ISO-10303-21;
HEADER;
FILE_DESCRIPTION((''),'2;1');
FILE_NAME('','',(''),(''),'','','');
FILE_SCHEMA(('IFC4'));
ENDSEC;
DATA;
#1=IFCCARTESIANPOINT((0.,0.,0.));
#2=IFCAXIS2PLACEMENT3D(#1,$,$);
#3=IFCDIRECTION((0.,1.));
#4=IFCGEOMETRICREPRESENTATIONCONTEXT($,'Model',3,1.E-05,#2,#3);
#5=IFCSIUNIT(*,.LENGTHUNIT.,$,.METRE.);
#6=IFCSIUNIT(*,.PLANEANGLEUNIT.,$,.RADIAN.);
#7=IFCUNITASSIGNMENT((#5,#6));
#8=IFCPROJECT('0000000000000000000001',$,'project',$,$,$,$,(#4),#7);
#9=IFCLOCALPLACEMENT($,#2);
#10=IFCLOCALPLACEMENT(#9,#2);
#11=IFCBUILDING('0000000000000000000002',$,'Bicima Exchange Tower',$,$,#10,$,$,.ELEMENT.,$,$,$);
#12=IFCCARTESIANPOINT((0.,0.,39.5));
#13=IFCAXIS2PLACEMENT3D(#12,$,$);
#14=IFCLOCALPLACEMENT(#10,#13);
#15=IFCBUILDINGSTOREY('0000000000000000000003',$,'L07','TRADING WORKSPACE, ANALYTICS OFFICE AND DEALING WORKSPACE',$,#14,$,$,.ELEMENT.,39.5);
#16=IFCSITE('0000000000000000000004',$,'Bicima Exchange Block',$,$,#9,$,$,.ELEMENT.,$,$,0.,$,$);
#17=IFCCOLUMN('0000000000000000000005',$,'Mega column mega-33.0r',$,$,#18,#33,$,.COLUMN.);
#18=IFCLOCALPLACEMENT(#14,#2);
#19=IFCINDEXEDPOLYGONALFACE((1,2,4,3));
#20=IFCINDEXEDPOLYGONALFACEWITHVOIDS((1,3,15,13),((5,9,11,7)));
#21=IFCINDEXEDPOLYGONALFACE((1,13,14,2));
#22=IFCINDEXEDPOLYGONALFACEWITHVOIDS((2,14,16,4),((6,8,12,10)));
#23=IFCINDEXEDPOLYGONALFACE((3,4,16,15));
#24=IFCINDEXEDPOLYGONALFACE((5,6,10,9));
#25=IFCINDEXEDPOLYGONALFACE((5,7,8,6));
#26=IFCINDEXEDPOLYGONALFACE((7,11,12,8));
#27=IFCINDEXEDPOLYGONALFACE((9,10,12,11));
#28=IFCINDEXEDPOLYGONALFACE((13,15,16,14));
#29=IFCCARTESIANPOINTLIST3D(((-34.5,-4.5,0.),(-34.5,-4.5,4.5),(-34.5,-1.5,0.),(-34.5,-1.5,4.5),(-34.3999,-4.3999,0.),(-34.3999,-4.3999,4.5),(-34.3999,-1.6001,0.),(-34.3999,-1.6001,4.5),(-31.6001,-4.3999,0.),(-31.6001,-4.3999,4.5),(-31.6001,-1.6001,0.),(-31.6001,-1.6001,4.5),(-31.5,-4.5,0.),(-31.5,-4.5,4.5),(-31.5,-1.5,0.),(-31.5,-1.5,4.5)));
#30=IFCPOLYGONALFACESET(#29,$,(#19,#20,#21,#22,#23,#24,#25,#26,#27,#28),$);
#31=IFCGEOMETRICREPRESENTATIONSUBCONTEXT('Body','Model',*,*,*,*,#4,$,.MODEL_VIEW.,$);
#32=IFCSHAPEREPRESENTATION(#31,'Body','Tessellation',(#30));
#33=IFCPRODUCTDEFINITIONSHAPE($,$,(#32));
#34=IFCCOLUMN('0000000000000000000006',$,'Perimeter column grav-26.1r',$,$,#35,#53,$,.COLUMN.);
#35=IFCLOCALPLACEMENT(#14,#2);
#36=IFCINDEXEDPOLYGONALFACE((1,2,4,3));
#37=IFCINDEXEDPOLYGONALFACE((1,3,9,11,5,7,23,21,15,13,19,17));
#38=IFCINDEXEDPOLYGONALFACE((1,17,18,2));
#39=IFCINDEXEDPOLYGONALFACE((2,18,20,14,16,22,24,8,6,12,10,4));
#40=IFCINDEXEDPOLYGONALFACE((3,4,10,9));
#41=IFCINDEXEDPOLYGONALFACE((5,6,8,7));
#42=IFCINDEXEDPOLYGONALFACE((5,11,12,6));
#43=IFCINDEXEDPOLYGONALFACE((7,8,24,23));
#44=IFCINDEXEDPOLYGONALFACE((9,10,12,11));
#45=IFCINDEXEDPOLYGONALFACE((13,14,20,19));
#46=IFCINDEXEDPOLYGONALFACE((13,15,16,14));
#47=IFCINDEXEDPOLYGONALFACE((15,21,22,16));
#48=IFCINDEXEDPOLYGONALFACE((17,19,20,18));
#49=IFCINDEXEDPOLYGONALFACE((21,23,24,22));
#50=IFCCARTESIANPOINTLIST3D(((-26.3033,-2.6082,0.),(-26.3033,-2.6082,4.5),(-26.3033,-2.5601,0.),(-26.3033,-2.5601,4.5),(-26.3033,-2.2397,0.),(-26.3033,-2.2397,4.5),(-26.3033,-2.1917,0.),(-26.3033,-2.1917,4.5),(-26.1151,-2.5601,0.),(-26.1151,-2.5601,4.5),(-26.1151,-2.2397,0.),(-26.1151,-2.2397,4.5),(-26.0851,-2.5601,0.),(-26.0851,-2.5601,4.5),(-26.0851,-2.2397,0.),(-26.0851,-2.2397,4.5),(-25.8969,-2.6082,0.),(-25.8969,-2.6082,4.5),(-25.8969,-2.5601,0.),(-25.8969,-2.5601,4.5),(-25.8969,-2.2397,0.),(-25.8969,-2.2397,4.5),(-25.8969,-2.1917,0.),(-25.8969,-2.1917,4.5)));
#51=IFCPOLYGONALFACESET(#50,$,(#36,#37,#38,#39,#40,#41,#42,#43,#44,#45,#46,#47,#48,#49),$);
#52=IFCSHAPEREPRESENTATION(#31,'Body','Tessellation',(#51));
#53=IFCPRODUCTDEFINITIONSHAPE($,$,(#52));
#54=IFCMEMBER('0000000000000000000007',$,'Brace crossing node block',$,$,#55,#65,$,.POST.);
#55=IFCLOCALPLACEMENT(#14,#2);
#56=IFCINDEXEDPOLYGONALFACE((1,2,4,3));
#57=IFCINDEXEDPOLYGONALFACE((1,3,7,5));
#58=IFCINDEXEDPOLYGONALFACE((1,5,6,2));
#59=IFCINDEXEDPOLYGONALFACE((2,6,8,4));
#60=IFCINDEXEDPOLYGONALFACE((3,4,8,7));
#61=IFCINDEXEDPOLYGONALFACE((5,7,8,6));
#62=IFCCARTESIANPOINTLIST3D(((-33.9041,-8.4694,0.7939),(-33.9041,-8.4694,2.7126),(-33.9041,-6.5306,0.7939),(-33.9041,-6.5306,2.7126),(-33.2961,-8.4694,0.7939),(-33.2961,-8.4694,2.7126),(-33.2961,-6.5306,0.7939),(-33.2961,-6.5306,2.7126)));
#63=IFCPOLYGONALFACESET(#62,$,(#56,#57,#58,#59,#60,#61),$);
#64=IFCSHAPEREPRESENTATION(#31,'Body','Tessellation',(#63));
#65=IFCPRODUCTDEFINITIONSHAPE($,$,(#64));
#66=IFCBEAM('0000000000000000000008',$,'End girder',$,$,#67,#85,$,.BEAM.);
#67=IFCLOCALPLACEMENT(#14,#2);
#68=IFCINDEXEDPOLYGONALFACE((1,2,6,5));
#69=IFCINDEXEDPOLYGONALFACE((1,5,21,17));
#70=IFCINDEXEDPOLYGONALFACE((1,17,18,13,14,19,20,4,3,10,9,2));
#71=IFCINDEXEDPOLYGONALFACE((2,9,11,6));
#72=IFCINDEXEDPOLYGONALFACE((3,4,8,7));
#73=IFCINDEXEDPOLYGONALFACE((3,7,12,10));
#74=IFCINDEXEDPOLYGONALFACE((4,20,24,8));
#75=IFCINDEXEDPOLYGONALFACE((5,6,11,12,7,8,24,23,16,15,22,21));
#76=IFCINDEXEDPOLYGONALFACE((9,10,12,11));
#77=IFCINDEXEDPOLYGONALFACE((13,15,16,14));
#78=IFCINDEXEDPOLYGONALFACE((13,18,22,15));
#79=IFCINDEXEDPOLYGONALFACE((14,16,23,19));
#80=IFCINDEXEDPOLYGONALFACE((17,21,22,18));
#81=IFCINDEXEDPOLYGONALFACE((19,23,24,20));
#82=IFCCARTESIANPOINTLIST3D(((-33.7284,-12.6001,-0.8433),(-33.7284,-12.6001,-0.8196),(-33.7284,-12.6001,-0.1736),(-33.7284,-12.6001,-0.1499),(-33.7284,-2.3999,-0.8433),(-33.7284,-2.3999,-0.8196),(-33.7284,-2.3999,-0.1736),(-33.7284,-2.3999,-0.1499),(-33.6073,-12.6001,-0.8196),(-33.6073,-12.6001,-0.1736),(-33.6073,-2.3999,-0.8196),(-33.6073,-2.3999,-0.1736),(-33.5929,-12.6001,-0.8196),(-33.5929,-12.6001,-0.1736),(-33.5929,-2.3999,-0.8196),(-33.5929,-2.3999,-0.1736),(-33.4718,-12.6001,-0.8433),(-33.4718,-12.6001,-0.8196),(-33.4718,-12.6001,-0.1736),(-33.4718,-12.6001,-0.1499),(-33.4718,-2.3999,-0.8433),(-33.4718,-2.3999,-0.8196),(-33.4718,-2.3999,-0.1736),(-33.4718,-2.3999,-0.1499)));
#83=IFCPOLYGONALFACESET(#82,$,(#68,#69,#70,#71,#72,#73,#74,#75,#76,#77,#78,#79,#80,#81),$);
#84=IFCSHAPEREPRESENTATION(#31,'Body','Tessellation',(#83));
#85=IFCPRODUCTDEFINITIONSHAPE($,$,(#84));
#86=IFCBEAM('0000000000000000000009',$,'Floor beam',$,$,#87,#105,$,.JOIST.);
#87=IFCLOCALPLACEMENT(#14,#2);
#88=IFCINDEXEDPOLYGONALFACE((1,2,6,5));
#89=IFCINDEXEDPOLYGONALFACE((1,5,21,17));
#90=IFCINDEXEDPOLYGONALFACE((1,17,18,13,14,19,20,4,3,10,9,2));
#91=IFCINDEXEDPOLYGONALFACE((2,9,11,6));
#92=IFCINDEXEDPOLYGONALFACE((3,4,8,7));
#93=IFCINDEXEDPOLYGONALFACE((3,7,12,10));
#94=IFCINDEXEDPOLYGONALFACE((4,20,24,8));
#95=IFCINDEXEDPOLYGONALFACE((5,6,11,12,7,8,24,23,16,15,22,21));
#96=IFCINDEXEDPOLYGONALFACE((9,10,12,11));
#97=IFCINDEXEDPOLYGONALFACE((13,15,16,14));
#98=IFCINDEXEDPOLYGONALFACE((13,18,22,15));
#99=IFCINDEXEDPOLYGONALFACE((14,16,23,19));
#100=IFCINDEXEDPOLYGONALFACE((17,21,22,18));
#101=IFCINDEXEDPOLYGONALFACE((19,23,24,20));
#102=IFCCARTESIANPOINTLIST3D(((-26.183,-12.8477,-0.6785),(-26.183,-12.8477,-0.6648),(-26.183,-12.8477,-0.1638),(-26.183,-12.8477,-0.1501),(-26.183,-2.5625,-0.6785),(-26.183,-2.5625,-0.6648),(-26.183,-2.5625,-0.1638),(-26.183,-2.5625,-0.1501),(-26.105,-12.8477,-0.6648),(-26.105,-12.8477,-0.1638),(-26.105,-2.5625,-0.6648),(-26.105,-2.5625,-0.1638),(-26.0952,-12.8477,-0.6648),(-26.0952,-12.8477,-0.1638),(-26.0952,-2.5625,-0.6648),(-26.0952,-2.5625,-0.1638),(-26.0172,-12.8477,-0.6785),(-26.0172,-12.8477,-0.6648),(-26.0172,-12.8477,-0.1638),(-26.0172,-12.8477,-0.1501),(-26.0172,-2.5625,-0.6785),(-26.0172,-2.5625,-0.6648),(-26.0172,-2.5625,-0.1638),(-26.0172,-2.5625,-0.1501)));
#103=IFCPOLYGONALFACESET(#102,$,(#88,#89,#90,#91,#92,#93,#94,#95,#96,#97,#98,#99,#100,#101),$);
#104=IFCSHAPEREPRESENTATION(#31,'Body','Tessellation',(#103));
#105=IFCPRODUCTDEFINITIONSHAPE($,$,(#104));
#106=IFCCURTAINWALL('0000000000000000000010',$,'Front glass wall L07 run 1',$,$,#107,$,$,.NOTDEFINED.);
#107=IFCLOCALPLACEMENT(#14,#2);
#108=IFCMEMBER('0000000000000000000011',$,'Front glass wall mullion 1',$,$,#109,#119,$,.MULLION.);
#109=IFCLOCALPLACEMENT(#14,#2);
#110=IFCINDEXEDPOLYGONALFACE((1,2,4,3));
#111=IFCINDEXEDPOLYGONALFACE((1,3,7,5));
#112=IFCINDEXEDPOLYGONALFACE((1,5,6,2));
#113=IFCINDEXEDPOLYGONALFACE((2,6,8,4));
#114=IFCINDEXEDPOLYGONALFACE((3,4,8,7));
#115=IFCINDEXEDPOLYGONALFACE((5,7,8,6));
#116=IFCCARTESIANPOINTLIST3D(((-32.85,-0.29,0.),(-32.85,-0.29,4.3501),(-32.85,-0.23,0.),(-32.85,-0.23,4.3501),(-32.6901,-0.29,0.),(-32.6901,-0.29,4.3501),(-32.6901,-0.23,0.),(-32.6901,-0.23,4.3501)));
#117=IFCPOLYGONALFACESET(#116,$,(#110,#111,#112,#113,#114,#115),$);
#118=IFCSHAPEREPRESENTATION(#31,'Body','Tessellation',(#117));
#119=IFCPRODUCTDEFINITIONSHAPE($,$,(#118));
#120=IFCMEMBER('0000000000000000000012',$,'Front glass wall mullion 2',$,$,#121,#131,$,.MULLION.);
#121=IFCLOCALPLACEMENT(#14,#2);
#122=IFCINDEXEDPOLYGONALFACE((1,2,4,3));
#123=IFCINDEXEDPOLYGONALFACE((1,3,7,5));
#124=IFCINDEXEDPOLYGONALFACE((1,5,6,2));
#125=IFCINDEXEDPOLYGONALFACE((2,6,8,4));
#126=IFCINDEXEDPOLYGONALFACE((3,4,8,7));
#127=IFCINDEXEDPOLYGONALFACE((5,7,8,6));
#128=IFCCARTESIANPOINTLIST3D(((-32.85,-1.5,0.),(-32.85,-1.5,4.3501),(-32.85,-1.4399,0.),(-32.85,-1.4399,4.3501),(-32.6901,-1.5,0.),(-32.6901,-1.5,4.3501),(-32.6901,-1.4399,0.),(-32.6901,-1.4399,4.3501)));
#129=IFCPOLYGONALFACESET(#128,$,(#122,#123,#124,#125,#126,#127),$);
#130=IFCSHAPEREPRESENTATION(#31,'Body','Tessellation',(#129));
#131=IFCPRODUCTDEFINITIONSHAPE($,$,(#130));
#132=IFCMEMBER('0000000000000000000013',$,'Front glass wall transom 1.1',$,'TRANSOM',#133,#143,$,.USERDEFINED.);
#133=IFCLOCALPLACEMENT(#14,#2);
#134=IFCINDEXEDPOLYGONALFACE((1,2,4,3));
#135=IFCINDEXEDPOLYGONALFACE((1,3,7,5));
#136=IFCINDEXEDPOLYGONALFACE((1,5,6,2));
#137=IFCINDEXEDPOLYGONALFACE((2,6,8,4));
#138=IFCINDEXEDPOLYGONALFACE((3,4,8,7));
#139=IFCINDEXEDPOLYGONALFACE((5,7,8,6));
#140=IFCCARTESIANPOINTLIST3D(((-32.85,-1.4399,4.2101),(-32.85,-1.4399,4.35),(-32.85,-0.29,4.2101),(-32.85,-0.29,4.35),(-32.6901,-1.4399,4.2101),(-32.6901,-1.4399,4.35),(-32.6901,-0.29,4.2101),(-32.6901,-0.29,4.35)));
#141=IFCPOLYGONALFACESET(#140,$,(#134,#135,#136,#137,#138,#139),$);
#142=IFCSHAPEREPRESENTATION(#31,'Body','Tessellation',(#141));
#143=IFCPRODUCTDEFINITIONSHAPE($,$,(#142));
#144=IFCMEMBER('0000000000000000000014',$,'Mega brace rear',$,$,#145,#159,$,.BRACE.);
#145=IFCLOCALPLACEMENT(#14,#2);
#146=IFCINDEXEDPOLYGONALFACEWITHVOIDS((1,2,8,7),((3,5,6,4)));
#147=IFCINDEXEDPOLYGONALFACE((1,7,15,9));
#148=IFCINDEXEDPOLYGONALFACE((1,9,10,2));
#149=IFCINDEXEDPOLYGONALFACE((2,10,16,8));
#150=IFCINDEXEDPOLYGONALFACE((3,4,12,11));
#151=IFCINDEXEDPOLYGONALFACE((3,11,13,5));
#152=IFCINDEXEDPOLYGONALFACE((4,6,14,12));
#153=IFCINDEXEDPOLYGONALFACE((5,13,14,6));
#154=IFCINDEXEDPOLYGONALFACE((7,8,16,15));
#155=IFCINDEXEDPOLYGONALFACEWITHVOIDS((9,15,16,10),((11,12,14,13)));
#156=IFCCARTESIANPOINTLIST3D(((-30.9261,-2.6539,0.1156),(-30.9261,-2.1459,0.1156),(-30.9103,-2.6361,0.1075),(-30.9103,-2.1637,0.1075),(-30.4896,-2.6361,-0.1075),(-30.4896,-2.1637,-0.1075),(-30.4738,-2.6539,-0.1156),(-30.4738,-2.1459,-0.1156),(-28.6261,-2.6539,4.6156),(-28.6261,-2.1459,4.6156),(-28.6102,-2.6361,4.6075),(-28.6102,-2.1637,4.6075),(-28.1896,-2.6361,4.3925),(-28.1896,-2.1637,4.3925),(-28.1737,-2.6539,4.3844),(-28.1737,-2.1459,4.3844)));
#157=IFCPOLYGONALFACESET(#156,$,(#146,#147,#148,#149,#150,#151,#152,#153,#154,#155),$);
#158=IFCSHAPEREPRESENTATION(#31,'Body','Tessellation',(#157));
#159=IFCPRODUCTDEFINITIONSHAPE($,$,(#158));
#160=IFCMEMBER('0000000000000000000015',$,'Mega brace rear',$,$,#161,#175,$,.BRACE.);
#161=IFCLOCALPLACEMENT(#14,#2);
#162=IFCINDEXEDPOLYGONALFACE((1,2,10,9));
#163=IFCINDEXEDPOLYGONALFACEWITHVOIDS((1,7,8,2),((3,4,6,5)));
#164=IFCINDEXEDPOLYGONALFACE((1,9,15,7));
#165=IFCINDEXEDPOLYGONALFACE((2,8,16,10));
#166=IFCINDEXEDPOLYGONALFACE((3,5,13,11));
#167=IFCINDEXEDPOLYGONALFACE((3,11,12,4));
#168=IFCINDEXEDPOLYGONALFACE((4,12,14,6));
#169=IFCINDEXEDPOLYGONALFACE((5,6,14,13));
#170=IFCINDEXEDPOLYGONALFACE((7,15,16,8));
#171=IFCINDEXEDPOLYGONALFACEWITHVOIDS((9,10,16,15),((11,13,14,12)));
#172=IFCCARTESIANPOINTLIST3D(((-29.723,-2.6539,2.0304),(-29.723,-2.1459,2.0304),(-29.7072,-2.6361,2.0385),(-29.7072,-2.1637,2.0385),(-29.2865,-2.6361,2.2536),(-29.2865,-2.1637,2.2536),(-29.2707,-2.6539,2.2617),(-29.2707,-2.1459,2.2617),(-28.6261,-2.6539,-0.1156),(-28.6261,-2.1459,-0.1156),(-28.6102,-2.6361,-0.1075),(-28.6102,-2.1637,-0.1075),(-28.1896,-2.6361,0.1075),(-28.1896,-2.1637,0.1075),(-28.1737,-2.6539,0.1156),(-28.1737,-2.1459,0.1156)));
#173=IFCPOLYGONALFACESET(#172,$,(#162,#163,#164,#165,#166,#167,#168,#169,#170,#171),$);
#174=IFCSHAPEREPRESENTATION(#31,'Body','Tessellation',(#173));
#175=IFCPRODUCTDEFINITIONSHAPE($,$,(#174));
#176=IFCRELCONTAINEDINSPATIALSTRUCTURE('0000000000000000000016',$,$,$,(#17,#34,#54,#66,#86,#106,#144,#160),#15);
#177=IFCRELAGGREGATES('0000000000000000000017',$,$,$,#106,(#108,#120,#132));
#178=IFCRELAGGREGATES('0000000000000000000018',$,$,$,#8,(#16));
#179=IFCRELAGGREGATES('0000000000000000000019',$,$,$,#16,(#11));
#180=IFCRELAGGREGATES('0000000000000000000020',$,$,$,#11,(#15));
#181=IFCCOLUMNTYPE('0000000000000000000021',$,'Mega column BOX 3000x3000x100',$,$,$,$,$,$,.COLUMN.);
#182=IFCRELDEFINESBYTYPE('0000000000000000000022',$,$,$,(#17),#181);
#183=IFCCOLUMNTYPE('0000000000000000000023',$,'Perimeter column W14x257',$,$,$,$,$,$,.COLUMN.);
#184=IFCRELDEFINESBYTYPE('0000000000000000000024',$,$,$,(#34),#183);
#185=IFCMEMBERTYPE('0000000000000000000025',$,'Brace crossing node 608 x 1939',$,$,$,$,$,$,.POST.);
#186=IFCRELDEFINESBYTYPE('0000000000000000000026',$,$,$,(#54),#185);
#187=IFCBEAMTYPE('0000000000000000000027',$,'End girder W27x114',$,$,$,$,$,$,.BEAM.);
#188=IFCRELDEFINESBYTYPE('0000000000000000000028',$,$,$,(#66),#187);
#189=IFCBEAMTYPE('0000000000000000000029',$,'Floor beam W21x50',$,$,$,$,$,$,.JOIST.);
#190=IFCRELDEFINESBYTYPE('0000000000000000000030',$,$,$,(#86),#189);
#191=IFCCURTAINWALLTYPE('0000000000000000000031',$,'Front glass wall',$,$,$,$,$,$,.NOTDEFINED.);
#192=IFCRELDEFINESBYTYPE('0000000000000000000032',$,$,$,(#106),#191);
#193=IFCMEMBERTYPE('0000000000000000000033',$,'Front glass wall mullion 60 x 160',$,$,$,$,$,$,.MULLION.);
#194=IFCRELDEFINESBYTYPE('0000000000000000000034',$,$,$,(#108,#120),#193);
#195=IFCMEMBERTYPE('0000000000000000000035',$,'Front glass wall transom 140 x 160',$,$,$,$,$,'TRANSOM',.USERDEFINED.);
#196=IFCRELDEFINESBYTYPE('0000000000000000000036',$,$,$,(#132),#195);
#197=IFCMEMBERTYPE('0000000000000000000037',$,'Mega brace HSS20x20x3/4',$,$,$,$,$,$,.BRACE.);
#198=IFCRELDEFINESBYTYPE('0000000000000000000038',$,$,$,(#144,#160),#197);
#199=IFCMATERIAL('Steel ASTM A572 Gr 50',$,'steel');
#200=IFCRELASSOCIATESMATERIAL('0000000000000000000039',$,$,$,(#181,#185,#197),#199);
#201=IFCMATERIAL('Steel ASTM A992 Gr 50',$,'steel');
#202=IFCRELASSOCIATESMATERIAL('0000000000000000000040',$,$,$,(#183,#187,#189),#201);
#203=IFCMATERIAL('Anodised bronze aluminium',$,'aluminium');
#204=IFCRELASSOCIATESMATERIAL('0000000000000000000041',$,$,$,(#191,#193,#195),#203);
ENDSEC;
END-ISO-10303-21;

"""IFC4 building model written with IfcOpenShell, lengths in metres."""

from ifc_helpers import new_model, si_unit, direction, frame, origin, origin_2d, place, context, subcontext, project, spatial, rectangle, hollow_rectangle, i_section, extrude, material, material_profile, profile_set, type_object, element, aggregate, save


model = new_model("IFC4")

# Units and contexts
model_context = context("Model", 3, precision=1e-05, world=origin(), true_north=direction((0.0, 1.0)))
body_context = subcontext(model_context, "Body", "Model", "MODEL_VIEW")
ifc_project = project(units=[si_unit("LENGTHUNIT", "METRE"), si_unit("PLANEANGLEUNIT", "RADIAN")], contexts=[model_context])

# Site, building, storey
site_placement = place(None, origin())
site = spatial("IfcSite", under=ifc_project, at=site_placement, Name="Bicima Exchange Block", CompositionType="ELEMENT", RefElevation=0.0)
building_placement = place(site_placement, origin())
building = spatial("IfcBuilding", under=site, at=building_placement, Name="Bicima Exchange Tower", CompositionType="ELEMENT")
storey_placement = place(building_placement, frame((0.0, 0.0, 39.5)))
storey = spatial("IfcBuildingStorey", under=building, at=storey_placement, Name="L07", Description="TRADING WORKSPACE, ANALYTICS OFFICE AND DEALING WORKSPACE", CompositionType="ELEMENT", Elevation=39.5)

# Columns
ifc_material_1 = material(Name="Steel ASTM A572 Gr 50", Category="steel")
ifc_material_profile_1 = material_profile(ifc_material_1, hollow_rectangle(XDim=3.0, YDim=3.0, WallThickness=0.1001, at=origin_2d()))
ifc_profile_set_1 = profile_set([ifc_material_profile_1], Name="Steel ASTM A572 Gr 50")
column_type_1 = type_object("IfcColumnType", Name="Mega column BOX 3000x3000x100", PredefinedType="COLUMN", material=ifc_profile_set_1)
column_1_placement = place(storey_placement, frame((-33.0, -3.0, 0.0), z_axis=(0.0, 0.0, 1.0), x_axis=(1.0, 0.0, 0.0)))
element("IfcColumn", 1, at=column_1_placement, inside=storey, type_object=column_type_1, Name="Mega column mega-33.0r", PredefinedType="COLUMN", context=body_context, shape_type="SweptSolid", body=[
    extrude(hollow_rectangle(XDim=3.0, YDim=3.0, WallThickness=0.1001, at=origin_2d()), origin(), (0.0, 0.0, 1.0), 4.5),
])
ifc_material_2 = material(Name="Steel ASTM A992 Gr 50", Category="steel")
ifc_material_profile_2 = material_profile(ifc_material_2, i_section(OverallWidth=0.4065, OverallDepth=0.4165, WebThickness=0.03, FlangeThickness=0.0481, at=origin_2d()))
ifc_profile_set_2 = profile_set([ifc_material_profile_2], Name="Steel ASTM A992 Gr 50")
column_type_2 = type_object("IfcColumnType", Name="Perimeter column W14x257", PredefinedType="COLUMN", material=ifc_profile_set_2)
column_2_placement = place(storey_placement, frame((-26.1001, -2.3999, 0.0), z_axis=(0.0, 0.0, 1.0), x_axis=(1.0, 0.0, 0.0)))
element("IfcColumn", 2, at=column_2_placement, inside=storey, type_object=column_type_2, Name="Perimeter column grav-26.1r", PredefinedType="COLUMN", context=body_context, shape_type="SweptSolid", body=[
    extrude(i_section(OverallWidth=0.4065, OverallDepth=0.4165, WebThickness=0.03, FlangeThickness=0.0481, at=origin_2d()), origin(), (0.0, 0.0, 1.0), 4.5),
])

# Member
ifc_material_profile_3 = material_profile(ifc_material_1, rectangle(XDim=0.6079, YDim=1.9387, at=origin_2d()))
ifc_profile_set_3 = profile_set([ifc_material_profile_3], Name="Steel ASTM A572 Gr 50")
member_type_1 = type_object("IfcMemberType", Name="Brace crossing node 608 x 1939", PredefinedType="POST", material=ifc_profile_set_3)
member_1_placement = place(storey_placement, frame((-33.6001, -7.5, 0.7939), z_axis=(0.0, 0.0, 1.0), x_axis=(1.0, 0.0, 0.0)))
element("IfcMember", 3, at=member_1_placement, inside=storey, type_object=member_type_1, Name="Brace crossing node block", PredefinedType="POST", context=body_context, shape_type="SweptSolid", body=[
    extrude(rectangle(XDim=0.6079, YDim=1.9387, at=origin_2d()), origin(), (0.0, 0.0, 1.0), 1.9187),
])

# Beams
ifc_material_profile_4 = material_profile(ifc_material_2, i_section(OverallWidth=0.2566, OverallDepth=0.6934, WebThickness=0.0144, FlangeThickness=0.0237, at=origin_2d()))
ifc_profile_set_4 = profile_set([ifc_material_profile_4], Name="Steel ASTM A992 Gr 50")
beam_type_1 = type_object("IfcBeamType", Name="End girder W27x114", PredefinedType="BEAM", material=ifc_profile_set_4)
beam_1_placement = place(storey_placement, frame((-33.6001, -2.3999, -0.4966), z_axis=(0.0, -1.0, 0.0), x_axis=(1.0, 0.0, 0.0)))
element("IfcBeam", 4, at=beam_1_placement, inside=storey, type_object=beam_type_1, Name="End girder", PredefinedType="BEAM", context=body_context, shape_type="SweptSolid", body=[
    extrude(i_section(OverallWidth=0.2566, OverallDepth=0.6934, WebThickness=0.0144, FlangeThickness=0.0237, at=origin_2d()), origin(), (0.0, 0.0, 1.0), 10.2002),
])
ifc_material_profile_5 = material_profile(ifc_material_2, i_section(OverallWidth=0.1658, OverallDepth=0.5283, WebThickness=0.0098, FlangeThickness=0.0137, at=origin_2d()))
ifc_profile_set_5 = profile_set([ifc_material_profile_5], Name="Steel ASTM A992 Gr 50")
beam_type_2 = type_object("IfcBeamType", Name="Floor beam W21x50", PredefinedType="JOIST", material=ifc_profile_set_5)
beam_2_placement = place(storey_placement, frame((-26.1001, -2.5625, -0.4143), z_axis=(0.0, -1.0, 0.0), x_axis=(1.0, 0.0, 0.0)))
element("IfcBeam", 5, at=beam_2_placement, inside=storey, type_object=beam_type_2, Name="Floor beam", PredefinedType="JOIST", context=body_context, shape_type="SweptSolid", body=[
    extrude(i_section(OverallWidth=0.1658, OverallDepth=0.5283, WebThickness=0.0098, FlangeThickness=0.0137, at=origin_2d()), origin(), (0.0, 0.0, 1.0), 10.2852),
])

# Curtain wall, members
ifc_material_3 = material(Name="Anodised bronze aluminium", Category="aluminium")
curtain_wall_type = type_object("IfcCurtainWallType", Name="Front glass wall", PredefinedType="NOTDEFINED", material=ifc_material_3)
curtain_wall_placement = place(storey_placement, origin())
curtain_wall = element("IfcCurtainWall", 6, at=curtain_wall_placement, inside=storey, type_object=curtain_wall_type, Name="Front glass wall L07 run 1", PredefinedType="NOTDEFINED")
ifc_material_profile_6 = material_profile(ifc_material_3, rectangle(XDim=0.1599, YDim=0.0601, at=origin_2d()))
ifc_profile_set_6 = profile_set([ifc_material_profile_6], Name="Anodised bronze aluminium")
member_type_2 = type_object("IfcMemberType", Name="Front glass wall mullion 60 x 160", PredefinedType="MULLION", material=ifc_profile_set_6)
member_2_placement = place(storey_placement, frame((-32.77, -0.26, 0.0), z_axis=(0.0, 0.0, 1.0), x_axis=(1.0, 0.0, 0.0)))
member_2 = element("IfcMember", 7, at=member_2_placement, type_object=member_type_2, Name="Front glass wall mullion 1", PredefinedType="MULLION", context=body_context, shape_type="SweptSolid", body=[
    extrude(rectangle(XDim=0.1599, YDim=0.0601, at=origin_2d()), origin(), (0.0, 0.0, 1.0), 4.3501),
])
member_3_placement = place(storey_placement, frame((-32.77, -1.47, 0.0), z_axis=(0.0, 0.0, 1.0), x_axis=(1.0, 0.0, 0.0)))
member_3 = element("IfcMember", 8, at=member_3_placement, type_object=member_type_2, Name="Front glass wall mullion 2", PredefinedType="MULLION", context=body_context, shape_type="SweptSolid", body=[
    extrude(rectangle(XDim=0.1599, YDim=0.0601, at=origin_2d()), origin(), (0.0, 0.0, 1.0), 4.3501),
])
ifc_material_profile_7 = material_profile(ifc_material_3, rectangle(XDim=0.1599, YDim=0.1399, at=origin_2d()))
ifc_profile_set_7 = profile_set([ifc_material_profile_7], Name="Anodised bronze aluminium")
member_type_3 = type_object("IfcMemberType", Name="Front glass wall transom 140 x 160", ElementType="TRANSOM", PredefinedType="USERDEFINED", material=ifc_profile_set_7)
member_4_placement = place(storey_placement, frame((-32.77, -0.29, 4.28), z_axis=(0.0, -1.0, 0.0), x_axis=(1.0, 0.0, 0.0)))
member_4 = element("IfcMember", 9, at=member_4_placement, type_object=member_type_3, Name="Front glass wall transom 1.1", ObjectType="TRANSOM", PredefinedType="USERDEFINED", context=body_context, shape_type="SweptSolid", body=[
    extrude(rectangle(XDim=0.1599, YDim=0.1399, at=origin_2d()), origin(), (0.0, 0.0, 1.0), 1.1499),
])

# Members
ifc_material_profile_8 = material_profile(ifc_material_1, hollow_rectangle(XDim=0.5081, YDim=0.5081, WallThickness=0.0178, at=origin_2d()))
ifc_profile_set_8 = profile_set([ifc_material_profile_8], Name="Steel ASTM A572 Gr 50")
member_type_4 = type_object("IfcMemberType", Name="Mega brace HSS20x20x3/4", PredefinedType="BRACE", material=ifc_profile_set_8)
member_5_placement = place(storey_placement, frame((-30.7, -2.3999, 0.0), z_axis=(0.455119, 0.0, 0.890431), x_axis=(0.0, 1.0, 0.0)))
element("IfcMember", 10, at=member_5_placement, inside=storey, type_object=member_type_4, Name="Mega brace rear", PredefinedType="BRACE", context=body_context, shape_type="SweptSolid", body=[
    extrude(hollow_rectangle(XDim=0.5081, YDim=0.5081, WallThickness=0.0178, at=origin_2d()), origin(), (0.0, 0.0, 1.0), 5.0537),
])
member_6_placement = place(storey_placement, frame((-28.3999, -2.3999, 0.0), z_axis=(-0.455138, 0.0, 0.890421), x_axis=(0.0, -1.0, 0.0)))
element("IfcMember", 11, at=member_6_placement, inside=storey, type_object=member_type_4, Name="Mega brace rear", PredefinedType="BRACE", context=body_context, shape_type="SweptSolid", body=[
    extrude(hollow_rectangle(XDim=0.5081, YDim=0.5081, WallThickness=0.0178, at=origin_2d()), origin(), (0.0, 0.0, 1.0), 2.4102),
])

aggregate(curtain_wall, [member_2, member_3, member_4])

save(model, "model.ifc")
